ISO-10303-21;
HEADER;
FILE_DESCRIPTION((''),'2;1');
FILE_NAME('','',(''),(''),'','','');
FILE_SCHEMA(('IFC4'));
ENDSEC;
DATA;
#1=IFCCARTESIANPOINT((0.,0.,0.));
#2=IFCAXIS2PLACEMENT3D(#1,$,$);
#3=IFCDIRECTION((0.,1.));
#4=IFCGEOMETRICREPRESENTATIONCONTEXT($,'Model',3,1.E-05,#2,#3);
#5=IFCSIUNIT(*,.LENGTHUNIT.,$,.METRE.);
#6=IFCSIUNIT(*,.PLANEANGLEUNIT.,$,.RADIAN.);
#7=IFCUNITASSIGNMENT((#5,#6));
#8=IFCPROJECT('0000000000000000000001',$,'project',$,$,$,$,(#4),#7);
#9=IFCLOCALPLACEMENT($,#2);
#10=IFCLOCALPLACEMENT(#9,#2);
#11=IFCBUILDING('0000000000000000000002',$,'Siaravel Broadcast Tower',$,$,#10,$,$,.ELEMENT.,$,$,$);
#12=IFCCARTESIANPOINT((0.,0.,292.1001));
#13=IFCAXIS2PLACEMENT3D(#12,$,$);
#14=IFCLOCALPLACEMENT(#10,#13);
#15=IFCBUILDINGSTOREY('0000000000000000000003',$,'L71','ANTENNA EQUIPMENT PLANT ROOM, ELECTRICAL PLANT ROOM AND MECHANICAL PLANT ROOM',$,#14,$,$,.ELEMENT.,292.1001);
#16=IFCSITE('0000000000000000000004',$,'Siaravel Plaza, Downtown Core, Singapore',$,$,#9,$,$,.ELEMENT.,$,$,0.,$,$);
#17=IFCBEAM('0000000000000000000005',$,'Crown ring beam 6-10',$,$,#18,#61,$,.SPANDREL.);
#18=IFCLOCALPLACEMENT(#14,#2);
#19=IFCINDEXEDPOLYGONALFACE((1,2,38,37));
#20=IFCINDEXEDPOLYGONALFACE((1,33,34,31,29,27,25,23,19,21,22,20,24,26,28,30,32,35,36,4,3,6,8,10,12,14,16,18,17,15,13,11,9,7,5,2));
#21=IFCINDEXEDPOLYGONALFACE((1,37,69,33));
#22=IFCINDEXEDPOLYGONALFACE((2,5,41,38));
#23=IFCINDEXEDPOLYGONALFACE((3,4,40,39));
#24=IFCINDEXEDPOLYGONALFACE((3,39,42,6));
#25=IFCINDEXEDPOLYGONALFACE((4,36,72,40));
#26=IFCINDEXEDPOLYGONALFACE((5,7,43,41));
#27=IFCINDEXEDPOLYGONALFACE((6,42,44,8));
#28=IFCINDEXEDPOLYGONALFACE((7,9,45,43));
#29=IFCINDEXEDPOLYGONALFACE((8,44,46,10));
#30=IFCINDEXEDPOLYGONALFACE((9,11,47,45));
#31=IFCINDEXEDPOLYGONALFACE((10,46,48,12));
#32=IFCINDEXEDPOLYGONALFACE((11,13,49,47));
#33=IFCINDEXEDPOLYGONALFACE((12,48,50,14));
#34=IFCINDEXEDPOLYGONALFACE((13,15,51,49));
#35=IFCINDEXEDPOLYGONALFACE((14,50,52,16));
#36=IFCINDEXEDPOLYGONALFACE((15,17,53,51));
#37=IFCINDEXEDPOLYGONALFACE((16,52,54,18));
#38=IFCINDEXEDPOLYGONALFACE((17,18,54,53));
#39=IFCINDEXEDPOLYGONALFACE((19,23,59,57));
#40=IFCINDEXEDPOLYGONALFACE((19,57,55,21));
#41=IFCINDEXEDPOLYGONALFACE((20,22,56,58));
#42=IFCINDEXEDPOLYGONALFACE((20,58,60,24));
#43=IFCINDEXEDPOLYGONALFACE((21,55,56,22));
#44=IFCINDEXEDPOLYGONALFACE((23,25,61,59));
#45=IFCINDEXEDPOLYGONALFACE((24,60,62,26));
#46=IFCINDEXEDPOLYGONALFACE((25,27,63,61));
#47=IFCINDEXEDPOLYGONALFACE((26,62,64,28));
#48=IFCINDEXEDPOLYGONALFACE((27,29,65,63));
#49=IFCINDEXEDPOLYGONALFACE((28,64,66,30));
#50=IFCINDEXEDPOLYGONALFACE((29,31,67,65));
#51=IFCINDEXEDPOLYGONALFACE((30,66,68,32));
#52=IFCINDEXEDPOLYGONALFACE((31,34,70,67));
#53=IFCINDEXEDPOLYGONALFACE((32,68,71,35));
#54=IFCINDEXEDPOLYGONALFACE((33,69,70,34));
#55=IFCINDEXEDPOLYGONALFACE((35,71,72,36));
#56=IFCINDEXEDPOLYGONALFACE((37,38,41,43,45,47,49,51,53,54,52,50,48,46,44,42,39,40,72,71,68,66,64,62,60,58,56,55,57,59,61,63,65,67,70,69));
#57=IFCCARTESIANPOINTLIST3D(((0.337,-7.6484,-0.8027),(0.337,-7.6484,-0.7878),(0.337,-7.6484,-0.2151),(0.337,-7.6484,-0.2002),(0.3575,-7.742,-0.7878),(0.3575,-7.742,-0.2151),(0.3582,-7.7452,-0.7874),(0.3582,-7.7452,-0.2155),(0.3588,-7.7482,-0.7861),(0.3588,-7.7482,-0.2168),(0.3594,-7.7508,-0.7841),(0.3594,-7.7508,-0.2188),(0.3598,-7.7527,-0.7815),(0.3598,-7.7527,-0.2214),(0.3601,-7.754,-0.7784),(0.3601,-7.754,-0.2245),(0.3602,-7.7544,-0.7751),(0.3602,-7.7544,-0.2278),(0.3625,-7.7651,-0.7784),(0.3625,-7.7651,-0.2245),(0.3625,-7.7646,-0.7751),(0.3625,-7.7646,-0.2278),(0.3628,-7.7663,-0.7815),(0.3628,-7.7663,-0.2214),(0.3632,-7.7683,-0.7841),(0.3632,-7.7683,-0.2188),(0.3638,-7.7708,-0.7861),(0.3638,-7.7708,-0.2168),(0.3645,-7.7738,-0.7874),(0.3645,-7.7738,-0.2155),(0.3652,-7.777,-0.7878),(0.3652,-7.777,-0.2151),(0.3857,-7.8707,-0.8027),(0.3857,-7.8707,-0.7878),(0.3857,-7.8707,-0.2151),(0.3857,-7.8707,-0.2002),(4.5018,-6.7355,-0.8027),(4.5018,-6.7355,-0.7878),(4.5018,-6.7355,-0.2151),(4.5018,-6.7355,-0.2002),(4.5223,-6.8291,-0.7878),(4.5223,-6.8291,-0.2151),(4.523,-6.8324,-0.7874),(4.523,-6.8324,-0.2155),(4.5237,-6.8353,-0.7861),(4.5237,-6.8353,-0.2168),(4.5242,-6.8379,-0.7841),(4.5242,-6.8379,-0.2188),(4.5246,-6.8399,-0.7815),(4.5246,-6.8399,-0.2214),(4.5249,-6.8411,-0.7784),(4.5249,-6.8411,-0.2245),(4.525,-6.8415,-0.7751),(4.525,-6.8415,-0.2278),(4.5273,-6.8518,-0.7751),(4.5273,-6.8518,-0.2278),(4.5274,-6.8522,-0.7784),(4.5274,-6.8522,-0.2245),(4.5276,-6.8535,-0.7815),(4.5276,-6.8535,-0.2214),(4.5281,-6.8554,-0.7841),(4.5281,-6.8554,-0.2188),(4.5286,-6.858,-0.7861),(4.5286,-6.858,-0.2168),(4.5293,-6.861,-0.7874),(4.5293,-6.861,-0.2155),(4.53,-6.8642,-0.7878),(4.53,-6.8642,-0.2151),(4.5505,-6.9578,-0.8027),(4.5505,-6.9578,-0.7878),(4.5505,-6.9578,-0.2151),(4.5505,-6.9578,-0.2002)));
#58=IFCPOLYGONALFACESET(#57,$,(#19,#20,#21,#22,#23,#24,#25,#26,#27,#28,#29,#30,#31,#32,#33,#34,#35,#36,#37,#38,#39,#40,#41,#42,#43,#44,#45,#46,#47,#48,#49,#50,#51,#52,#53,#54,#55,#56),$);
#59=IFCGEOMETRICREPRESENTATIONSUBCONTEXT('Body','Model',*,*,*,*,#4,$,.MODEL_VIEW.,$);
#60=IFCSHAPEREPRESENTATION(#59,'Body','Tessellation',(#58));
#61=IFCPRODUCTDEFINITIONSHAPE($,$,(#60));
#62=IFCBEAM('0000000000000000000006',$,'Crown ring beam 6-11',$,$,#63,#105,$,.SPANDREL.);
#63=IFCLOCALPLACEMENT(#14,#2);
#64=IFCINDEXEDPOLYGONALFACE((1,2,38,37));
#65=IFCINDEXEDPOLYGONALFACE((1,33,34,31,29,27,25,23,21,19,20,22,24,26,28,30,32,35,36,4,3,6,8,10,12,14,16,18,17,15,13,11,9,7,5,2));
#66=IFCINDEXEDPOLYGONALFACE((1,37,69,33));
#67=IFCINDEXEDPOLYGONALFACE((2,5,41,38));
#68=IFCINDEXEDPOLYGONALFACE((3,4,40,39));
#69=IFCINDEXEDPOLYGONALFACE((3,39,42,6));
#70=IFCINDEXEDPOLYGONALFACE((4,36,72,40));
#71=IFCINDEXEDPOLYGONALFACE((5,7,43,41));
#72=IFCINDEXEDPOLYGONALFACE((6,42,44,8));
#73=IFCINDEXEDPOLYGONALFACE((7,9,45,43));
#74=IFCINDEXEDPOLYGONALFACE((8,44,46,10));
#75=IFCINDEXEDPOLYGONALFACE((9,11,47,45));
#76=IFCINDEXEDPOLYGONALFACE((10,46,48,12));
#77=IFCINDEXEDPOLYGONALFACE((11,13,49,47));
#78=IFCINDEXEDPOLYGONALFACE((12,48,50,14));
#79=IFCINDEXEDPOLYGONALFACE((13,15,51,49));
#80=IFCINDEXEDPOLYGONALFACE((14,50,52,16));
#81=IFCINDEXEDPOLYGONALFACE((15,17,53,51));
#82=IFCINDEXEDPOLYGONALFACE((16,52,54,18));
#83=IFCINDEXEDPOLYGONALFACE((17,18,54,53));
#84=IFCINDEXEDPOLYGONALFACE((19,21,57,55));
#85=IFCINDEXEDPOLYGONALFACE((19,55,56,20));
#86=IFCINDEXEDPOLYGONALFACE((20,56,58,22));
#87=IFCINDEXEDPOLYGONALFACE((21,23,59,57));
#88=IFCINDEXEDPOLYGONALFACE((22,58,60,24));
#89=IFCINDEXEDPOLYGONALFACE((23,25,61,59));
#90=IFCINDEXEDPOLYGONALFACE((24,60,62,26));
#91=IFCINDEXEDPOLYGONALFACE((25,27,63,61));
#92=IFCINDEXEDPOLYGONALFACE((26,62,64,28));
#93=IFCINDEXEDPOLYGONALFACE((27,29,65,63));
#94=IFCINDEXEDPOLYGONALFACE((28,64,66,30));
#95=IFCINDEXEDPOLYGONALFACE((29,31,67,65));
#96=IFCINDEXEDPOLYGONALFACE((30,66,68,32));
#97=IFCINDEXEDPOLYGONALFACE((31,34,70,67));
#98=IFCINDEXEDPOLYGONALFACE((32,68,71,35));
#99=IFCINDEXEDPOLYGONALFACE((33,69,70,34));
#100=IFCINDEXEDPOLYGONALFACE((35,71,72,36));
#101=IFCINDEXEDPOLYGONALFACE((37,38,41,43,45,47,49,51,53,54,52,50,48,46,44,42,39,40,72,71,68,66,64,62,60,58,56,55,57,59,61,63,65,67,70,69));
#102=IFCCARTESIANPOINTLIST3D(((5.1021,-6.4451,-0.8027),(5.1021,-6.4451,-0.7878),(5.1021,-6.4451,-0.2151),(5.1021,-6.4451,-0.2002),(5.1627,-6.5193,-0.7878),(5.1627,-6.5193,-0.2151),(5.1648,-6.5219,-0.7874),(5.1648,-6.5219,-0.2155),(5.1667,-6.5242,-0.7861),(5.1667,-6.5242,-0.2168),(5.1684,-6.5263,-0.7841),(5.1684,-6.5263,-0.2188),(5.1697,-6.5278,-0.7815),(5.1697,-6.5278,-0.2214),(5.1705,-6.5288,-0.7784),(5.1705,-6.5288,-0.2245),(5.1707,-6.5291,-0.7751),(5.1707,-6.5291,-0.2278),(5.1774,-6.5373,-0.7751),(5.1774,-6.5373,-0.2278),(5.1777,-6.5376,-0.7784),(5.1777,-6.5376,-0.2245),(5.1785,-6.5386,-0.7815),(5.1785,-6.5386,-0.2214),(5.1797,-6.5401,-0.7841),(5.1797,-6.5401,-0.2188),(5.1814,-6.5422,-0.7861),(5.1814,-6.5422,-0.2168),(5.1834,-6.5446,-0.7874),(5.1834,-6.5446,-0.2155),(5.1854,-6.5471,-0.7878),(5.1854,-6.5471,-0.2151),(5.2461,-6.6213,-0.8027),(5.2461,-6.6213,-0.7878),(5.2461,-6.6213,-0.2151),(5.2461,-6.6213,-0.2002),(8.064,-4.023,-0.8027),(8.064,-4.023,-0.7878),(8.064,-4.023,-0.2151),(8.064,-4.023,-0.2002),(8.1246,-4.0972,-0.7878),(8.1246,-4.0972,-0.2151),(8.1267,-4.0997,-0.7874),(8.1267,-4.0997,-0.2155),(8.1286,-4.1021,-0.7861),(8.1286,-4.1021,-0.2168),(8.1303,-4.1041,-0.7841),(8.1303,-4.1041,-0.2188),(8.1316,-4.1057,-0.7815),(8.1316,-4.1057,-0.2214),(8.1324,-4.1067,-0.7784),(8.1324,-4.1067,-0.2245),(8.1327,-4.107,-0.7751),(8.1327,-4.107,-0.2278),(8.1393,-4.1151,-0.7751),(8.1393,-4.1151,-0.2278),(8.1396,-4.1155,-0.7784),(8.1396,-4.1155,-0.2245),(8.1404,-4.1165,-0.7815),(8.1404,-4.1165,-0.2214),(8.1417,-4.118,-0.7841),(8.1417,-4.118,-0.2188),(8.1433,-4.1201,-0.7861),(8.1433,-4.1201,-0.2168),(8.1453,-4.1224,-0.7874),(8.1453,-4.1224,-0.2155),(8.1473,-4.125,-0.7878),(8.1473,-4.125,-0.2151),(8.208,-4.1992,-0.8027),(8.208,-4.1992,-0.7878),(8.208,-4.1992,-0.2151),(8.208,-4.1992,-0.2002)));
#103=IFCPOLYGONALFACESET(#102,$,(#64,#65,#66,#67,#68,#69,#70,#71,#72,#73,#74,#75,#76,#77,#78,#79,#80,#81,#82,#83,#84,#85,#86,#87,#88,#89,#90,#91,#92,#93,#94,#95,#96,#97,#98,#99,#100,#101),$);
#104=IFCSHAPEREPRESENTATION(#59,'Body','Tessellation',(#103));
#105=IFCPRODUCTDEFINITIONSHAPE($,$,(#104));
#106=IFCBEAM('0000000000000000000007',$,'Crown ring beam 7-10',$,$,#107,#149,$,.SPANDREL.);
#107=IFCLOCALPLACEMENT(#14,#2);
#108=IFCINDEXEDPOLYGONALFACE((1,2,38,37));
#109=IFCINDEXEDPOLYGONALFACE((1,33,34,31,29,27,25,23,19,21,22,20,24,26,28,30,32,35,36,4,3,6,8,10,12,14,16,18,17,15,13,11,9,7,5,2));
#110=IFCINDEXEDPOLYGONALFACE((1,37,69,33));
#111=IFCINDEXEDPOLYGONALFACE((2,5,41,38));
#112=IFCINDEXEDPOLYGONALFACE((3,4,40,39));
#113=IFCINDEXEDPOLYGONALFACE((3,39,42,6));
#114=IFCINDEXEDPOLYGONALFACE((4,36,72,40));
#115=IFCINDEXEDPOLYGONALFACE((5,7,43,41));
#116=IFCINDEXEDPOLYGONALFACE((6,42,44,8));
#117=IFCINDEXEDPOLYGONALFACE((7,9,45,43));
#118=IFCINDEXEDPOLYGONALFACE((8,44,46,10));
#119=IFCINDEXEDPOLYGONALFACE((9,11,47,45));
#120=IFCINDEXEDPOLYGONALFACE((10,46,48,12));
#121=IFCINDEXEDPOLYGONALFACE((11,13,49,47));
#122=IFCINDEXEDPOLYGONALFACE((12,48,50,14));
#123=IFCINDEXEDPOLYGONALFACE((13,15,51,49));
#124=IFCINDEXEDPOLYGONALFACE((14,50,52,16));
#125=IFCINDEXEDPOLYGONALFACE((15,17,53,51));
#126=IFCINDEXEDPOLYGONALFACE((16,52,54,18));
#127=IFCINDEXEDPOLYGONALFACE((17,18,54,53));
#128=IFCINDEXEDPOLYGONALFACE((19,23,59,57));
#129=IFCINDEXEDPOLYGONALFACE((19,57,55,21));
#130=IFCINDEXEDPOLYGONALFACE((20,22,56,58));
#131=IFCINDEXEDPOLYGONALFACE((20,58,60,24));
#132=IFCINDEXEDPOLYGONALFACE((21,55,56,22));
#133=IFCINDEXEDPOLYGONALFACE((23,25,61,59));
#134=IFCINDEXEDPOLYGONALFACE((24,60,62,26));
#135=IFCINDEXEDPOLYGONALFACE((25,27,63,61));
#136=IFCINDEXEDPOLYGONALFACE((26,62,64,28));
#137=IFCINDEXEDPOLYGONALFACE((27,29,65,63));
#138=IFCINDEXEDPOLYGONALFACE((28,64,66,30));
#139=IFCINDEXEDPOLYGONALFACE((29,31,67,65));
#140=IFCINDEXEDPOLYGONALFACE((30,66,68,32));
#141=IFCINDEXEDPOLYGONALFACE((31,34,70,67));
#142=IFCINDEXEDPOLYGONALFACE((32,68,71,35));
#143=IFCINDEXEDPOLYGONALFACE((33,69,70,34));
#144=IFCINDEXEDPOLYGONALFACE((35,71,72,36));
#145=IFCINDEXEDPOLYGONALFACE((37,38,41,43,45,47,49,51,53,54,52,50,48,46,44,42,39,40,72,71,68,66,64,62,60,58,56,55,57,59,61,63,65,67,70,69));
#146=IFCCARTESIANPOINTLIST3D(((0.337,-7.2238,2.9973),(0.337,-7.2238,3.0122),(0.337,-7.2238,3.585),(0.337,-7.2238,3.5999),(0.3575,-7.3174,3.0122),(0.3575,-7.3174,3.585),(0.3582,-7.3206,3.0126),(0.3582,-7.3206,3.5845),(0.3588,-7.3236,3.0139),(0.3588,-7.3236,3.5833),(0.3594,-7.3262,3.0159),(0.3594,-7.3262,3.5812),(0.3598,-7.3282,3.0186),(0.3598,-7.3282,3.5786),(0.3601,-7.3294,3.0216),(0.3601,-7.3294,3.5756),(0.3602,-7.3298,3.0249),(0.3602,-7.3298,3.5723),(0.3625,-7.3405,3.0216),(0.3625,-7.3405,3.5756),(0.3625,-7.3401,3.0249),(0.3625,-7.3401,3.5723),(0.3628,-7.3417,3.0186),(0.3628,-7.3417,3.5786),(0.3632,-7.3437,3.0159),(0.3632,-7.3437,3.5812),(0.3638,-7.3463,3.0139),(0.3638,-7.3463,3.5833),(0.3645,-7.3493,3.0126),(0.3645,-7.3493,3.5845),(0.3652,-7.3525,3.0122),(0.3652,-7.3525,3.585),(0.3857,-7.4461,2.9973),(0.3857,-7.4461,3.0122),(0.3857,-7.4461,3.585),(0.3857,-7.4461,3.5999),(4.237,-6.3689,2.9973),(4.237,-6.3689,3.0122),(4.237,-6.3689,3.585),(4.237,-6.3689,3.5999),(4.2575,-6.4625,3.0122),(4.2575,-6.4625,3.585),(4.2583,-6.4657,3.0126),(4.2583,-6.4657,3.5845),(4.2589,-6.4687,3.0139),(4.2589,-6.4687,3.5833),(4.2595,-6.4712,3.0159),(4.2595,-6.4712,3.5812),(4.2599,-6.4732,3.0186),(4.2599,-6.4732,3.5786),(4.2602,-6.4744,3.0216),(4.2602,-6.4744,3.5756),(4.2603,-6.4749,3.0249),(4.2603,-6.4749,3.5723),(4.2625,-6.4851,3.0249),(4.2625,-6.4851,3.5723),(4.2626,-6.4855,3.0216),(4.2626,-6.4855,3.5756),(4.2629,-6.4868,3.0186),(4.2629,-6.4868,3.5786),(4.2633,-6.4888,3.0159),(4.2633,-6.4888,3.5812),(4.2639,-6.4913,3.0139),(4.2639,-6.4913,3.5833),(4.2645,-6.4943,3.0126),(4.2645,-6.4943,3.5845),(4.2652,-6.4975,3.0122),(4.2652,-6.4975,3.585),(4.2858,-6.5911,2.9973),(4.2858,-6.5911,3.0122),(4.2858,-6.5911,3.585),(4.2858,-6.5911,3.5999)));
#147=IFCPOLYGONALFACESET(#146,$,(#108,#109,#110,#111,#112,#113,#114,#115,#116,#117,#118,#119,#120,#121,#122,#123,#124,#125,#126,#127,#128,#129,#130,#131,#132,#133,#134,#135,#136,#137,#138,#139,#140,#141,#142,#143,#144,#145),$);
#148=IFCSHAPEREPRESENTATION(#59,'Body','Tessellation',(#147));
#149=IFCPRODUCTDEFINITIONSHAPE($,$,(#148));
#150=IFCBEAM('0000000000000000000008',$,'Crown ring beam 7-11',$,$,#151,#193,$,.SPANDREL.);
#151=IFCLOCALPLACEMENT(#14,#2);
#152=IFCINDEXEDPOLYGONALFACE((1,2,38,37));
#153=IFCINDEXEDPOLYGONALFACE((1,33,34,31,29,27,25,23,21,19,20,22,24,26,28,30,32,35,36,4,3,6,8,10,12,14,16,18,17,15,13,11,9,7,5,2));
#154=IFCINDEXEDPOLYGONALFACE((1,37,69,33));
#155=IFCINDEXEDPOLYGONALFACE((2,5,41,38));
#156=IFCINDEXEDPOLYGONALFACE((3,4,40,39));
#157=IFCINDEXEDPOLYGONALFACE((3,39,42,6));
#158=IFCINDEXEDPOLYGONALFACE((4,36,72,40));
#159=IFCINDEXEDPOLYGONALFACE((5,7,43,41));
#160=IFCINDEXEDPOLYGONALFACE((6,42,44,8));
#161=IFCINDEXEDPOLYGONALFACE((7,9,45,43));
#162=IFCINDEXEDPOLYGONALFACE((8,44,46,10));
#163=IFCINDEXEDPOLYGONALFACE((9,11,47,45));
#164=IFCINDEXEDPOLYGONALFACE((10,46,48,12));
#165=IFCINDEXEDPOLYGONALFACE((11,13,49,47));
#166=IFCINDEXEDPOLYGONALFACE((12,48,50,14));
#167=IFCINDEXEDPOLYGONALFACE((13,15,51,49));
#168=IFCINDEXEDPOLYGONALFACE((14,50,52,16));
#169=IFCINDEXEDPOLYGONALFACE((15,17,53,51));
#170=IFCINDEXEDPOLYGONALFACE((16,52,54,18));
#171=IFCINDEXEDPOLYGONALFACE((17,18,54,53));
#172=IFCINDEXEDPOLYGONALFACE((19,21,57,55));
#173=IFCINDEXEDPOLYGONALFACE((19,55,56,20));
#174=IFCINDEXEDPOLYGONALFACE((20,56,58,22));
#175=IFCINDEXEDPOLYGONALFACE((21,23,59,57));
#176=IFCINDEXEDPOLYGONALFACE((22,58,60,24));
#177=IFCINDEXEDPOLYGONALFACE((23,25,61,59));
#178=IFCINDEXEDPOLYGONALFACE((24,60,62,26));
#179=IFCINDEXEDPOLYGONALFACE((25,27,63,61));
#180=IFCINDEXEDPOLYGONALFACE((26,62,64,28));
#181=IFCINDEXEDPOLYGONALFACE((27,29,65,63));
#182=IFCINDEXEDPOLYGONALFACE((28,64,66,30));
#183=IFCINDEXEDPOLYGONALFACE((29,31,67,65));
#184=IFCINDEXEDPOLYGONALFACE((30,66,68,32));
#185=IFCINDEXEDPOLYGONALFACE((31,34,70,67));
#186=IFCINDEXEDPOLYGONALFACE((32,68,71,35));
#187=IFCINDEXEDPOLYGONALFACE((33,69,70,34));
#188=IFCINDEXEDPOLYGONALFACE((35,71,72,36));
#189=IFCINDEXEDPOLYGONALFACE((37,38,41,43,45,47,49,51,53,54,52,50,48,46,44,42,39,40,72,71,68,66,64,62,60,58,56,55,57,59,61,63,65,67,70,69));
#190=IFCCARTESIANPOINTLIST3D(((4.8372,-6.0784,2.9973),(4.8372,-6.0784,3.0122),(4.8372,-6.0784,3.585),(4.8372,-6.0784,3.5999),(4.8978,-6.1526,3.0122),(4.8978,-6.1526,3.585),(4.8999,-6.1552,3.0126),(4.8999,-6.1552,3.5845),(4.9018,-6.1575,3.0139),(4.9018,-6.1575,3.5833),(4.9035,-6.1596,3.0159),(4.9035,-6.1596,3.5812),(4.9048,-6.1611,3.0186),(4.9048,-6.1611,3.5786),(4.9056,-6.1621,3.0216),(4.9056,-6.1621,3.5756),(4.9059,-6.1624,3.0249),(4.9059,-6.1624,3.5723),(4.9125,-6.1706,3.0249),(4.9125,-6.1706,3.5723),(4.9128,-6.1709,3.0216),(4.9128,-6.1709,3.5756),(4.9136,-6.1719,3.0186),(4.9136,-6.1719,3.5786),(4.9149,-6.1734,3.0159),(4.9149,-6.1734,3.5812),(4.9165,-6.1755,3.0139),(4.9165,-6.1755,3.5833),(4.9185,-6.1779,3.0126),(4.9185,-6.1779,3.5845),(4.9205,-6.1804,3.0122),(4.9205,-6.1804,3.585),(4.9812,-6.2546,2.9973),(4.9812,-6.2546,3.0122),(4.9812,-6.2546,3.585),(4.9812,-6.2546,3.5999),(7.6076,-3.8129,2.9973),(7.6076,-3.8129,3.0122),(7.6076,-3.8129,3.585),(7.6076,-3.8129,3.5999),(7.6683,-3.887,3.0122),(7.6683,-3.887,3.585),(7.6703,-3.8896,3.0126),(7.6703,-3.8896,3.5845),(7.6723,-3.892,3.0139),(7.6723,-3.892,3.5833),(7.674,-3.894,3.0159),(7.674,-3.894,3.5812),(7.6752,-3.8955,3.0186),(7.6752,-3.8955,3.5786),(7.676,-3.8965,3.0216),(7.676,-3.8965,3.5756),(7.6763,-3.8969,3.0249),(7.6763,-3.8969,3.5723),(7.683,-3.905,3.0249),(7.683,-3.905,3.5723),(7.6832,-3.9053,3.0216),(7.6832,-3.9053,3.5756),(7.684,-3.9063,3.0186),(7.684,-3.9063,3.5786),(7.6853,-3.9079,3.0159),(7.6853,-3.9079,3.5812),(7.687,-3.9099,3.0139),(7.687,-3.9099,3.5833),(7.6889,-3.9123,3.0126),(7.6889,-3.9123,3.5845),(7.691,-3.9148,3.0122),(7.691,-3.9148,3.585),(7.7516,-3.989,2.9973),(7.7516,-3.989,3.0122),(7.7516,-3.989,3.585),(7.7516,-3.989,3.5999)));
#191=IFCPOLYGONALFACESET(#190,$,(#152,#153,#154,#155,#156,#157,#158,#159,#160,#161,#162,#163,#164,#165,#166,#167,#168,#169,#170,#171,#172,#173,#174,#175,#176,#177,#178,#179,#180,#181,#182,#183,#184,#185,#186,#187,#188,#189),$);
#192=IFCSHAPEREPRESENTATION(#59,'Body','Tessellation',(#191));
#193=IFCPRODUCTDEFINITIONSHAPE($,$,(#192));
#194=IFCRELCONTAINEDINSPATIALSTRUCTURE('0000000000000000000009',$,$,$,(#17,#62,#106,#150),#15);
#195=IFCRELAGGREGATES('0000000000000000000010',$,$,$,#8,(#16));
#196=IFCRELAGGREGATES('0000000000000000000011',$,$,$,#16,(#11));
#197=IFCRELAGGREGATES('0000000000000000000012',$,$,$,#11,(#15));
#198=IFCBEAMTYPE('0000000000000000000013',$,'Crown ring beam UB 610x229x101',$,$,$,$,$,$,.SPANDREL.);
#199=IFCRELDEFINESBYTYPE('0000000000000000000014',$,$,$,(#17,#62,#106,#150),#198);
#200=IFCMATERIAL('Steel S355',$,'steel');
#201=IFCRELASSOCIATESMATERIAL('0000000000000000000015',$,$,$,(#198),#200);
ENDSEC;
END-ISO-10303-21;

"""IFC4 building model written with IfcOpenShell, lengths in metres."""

from ifc_helpers import new_model, si_unit, direction, frame, origin, origin_2d, place, context, subcontext, project, spatial, i_section, extrude, material, material_profile, profile_set, type_object, element, save


model = new_model("IFC4")

# Units and contexts
model_context = context("Model", 3, precision=1e-05, world=origin(), true_north=direction((0.0, 1.0)))
body_context = subcontext(model_context, "Body", "Model", "MODEL_VIEW")
ifc_project = project(units=[si_unit("LENGTHUNIT", "METRE"), si_unit("PLANEANGLEUNIT", "RADIAN")], contexts=[model_context])

# Site, building, storey
site_placement = place(None, origin())
site = spatial("IfcSite", under=ifc_project, at=site_placement, Name="Siaravel Plaza, Downtown Core, Singapore", CompositionType="ELEMENT", RefElevation=0.0)
building_placement = place(site_placement, origin())
building = spatial("IfcBuilding", under=site, at=building_placement, Name="Siaravel Broadcast Tower", CompositionType="ELEMENT")
storey_placement = place(building_placement, frame((0.0, 0.0, 292.1001)))
storey = spatial("IfcBuildingStorey", under=building, at=storey_placement, Name="L71", Description="ANTENNA EQUIPMENT PLANT ROOM, ELECTRICAL PLANT ROOM AND MECHANICAL PLANT ROOM", CompositionType="ELEMENT", Elevation=292.1001)

# Beams
ifc_material_1 = material(Name="Steel S355", Category="steel")
ifc_material_profile_1 = material_profile(ifc_material_1, i_section(OverallWidth=0.2275, OverallDepth=0.6025, WebThickness=0.0105, FlangeThickness=0.0149, FilletRadius=0.0127, at=origin_2d()))
ifc_profile_set_1 = profile_set([ifc_material_profile_1], Name="Steel S355")
beam_type_1 = type_object("IfcBeamType", Name="Crown ring beam UB 610x229x101", PredefinedType="SPANDREL", material=ifc_profile_set_1)
beam_1_placement = place(storey_placement, frame((0.3613, -7.7595, -0.5015), z_axis=(0.976812, 0.214098, 0.0), x_axis=(-0.214098, 0.976812, 0.0)))
element("IfcBeam", 1, at=beam_1_placement, inside=storey, type_object=beam_type_1, Name="Crown ring beam 6-10", PredefinedType="SPANDREL", context=body_context, shape_type="SweptSolid", body=[
    extrude(i_section(OverallWidth=0.2275, OverallDepth=0.6025, WebThickness=0.0105, FlangeThickness=0.0149, FilletRadius=0.0127, at=origin_2d()), origin(), (0.0, 0.0, 1.0), 4.2637),
])
beam_2_placement = place(storey_placement, frame((5.1741, -6.5332, -0.5015), z_axis=(0.774119, 0.63304, 0.0), x_axis=(-0.63304, 0.774119, 0.0)))
element("IfcBeam", 2, at=beam_2_placement, inside=storey, type_object=beam_type_1, Name="Crown ring beam 6-11", PredefinedType="SPANDREL", context=body_context, shape_type="SweptSolid", body=[
    extrude(i_section(OverallWidth=0.2275, OverallDepth=0.6025, WebThickness=0.0105, FlangeThickness=0.0149, FilletRadius=0.0127, at=origin_2d()), origin(), (0.0, 0.0, 1.0), 3.8262),
])
beam_3_placement = place(storey_placement, frame((0.3613, -7.335, 3.2986), z_axis=(0.976805, 0.214133, 0.0), x_axis=(-0.214133, 0.976805, 0.0)))
element("IfcBeam", 3, at=beam_3_placement, inside=storey, type_object=beam_type_1, Name="Crown ring beam 7-10", PredefinedType="SPANDREL", context=body_context, shape_type="SweptSolid", body=[
    extrude(i_section(OverallWidth=0.2275, OverallDepth=0.6025, WebThickness=0.0105, FlangeThickness=0.0149, FilletRadius=0.0127, at=origin_2d()), origin(), (0.0, 0.0, 1.0), 3.9927),
])
beam_4_placement = place(storey_placement, frame((4.9092, -6.1665, 3.2986), z_axis=(0.774115, 0.633045, 0.0), x_axis=(-0.633045, 0.774115, 0.0)))
element("IfcBeam", 4, at=beam_4_placement, inside=storey, type_object=beam_type_1, Name="Crown ring beam 7-11", PredefinedType="SPANDREL", context=body_context, shape_type="SweptSolid", body=[
    extrude(i_section(OverallWidth=0.2275, OverallDepth=0.6025, WebThickness=0.0105, FlangeThickness=0.0149, FilletRadius=0.0127, at=origin_2d()), origin(), (0.0, 0.0, 1.0), 3.5789),
])

save(model, "model.ifc")
